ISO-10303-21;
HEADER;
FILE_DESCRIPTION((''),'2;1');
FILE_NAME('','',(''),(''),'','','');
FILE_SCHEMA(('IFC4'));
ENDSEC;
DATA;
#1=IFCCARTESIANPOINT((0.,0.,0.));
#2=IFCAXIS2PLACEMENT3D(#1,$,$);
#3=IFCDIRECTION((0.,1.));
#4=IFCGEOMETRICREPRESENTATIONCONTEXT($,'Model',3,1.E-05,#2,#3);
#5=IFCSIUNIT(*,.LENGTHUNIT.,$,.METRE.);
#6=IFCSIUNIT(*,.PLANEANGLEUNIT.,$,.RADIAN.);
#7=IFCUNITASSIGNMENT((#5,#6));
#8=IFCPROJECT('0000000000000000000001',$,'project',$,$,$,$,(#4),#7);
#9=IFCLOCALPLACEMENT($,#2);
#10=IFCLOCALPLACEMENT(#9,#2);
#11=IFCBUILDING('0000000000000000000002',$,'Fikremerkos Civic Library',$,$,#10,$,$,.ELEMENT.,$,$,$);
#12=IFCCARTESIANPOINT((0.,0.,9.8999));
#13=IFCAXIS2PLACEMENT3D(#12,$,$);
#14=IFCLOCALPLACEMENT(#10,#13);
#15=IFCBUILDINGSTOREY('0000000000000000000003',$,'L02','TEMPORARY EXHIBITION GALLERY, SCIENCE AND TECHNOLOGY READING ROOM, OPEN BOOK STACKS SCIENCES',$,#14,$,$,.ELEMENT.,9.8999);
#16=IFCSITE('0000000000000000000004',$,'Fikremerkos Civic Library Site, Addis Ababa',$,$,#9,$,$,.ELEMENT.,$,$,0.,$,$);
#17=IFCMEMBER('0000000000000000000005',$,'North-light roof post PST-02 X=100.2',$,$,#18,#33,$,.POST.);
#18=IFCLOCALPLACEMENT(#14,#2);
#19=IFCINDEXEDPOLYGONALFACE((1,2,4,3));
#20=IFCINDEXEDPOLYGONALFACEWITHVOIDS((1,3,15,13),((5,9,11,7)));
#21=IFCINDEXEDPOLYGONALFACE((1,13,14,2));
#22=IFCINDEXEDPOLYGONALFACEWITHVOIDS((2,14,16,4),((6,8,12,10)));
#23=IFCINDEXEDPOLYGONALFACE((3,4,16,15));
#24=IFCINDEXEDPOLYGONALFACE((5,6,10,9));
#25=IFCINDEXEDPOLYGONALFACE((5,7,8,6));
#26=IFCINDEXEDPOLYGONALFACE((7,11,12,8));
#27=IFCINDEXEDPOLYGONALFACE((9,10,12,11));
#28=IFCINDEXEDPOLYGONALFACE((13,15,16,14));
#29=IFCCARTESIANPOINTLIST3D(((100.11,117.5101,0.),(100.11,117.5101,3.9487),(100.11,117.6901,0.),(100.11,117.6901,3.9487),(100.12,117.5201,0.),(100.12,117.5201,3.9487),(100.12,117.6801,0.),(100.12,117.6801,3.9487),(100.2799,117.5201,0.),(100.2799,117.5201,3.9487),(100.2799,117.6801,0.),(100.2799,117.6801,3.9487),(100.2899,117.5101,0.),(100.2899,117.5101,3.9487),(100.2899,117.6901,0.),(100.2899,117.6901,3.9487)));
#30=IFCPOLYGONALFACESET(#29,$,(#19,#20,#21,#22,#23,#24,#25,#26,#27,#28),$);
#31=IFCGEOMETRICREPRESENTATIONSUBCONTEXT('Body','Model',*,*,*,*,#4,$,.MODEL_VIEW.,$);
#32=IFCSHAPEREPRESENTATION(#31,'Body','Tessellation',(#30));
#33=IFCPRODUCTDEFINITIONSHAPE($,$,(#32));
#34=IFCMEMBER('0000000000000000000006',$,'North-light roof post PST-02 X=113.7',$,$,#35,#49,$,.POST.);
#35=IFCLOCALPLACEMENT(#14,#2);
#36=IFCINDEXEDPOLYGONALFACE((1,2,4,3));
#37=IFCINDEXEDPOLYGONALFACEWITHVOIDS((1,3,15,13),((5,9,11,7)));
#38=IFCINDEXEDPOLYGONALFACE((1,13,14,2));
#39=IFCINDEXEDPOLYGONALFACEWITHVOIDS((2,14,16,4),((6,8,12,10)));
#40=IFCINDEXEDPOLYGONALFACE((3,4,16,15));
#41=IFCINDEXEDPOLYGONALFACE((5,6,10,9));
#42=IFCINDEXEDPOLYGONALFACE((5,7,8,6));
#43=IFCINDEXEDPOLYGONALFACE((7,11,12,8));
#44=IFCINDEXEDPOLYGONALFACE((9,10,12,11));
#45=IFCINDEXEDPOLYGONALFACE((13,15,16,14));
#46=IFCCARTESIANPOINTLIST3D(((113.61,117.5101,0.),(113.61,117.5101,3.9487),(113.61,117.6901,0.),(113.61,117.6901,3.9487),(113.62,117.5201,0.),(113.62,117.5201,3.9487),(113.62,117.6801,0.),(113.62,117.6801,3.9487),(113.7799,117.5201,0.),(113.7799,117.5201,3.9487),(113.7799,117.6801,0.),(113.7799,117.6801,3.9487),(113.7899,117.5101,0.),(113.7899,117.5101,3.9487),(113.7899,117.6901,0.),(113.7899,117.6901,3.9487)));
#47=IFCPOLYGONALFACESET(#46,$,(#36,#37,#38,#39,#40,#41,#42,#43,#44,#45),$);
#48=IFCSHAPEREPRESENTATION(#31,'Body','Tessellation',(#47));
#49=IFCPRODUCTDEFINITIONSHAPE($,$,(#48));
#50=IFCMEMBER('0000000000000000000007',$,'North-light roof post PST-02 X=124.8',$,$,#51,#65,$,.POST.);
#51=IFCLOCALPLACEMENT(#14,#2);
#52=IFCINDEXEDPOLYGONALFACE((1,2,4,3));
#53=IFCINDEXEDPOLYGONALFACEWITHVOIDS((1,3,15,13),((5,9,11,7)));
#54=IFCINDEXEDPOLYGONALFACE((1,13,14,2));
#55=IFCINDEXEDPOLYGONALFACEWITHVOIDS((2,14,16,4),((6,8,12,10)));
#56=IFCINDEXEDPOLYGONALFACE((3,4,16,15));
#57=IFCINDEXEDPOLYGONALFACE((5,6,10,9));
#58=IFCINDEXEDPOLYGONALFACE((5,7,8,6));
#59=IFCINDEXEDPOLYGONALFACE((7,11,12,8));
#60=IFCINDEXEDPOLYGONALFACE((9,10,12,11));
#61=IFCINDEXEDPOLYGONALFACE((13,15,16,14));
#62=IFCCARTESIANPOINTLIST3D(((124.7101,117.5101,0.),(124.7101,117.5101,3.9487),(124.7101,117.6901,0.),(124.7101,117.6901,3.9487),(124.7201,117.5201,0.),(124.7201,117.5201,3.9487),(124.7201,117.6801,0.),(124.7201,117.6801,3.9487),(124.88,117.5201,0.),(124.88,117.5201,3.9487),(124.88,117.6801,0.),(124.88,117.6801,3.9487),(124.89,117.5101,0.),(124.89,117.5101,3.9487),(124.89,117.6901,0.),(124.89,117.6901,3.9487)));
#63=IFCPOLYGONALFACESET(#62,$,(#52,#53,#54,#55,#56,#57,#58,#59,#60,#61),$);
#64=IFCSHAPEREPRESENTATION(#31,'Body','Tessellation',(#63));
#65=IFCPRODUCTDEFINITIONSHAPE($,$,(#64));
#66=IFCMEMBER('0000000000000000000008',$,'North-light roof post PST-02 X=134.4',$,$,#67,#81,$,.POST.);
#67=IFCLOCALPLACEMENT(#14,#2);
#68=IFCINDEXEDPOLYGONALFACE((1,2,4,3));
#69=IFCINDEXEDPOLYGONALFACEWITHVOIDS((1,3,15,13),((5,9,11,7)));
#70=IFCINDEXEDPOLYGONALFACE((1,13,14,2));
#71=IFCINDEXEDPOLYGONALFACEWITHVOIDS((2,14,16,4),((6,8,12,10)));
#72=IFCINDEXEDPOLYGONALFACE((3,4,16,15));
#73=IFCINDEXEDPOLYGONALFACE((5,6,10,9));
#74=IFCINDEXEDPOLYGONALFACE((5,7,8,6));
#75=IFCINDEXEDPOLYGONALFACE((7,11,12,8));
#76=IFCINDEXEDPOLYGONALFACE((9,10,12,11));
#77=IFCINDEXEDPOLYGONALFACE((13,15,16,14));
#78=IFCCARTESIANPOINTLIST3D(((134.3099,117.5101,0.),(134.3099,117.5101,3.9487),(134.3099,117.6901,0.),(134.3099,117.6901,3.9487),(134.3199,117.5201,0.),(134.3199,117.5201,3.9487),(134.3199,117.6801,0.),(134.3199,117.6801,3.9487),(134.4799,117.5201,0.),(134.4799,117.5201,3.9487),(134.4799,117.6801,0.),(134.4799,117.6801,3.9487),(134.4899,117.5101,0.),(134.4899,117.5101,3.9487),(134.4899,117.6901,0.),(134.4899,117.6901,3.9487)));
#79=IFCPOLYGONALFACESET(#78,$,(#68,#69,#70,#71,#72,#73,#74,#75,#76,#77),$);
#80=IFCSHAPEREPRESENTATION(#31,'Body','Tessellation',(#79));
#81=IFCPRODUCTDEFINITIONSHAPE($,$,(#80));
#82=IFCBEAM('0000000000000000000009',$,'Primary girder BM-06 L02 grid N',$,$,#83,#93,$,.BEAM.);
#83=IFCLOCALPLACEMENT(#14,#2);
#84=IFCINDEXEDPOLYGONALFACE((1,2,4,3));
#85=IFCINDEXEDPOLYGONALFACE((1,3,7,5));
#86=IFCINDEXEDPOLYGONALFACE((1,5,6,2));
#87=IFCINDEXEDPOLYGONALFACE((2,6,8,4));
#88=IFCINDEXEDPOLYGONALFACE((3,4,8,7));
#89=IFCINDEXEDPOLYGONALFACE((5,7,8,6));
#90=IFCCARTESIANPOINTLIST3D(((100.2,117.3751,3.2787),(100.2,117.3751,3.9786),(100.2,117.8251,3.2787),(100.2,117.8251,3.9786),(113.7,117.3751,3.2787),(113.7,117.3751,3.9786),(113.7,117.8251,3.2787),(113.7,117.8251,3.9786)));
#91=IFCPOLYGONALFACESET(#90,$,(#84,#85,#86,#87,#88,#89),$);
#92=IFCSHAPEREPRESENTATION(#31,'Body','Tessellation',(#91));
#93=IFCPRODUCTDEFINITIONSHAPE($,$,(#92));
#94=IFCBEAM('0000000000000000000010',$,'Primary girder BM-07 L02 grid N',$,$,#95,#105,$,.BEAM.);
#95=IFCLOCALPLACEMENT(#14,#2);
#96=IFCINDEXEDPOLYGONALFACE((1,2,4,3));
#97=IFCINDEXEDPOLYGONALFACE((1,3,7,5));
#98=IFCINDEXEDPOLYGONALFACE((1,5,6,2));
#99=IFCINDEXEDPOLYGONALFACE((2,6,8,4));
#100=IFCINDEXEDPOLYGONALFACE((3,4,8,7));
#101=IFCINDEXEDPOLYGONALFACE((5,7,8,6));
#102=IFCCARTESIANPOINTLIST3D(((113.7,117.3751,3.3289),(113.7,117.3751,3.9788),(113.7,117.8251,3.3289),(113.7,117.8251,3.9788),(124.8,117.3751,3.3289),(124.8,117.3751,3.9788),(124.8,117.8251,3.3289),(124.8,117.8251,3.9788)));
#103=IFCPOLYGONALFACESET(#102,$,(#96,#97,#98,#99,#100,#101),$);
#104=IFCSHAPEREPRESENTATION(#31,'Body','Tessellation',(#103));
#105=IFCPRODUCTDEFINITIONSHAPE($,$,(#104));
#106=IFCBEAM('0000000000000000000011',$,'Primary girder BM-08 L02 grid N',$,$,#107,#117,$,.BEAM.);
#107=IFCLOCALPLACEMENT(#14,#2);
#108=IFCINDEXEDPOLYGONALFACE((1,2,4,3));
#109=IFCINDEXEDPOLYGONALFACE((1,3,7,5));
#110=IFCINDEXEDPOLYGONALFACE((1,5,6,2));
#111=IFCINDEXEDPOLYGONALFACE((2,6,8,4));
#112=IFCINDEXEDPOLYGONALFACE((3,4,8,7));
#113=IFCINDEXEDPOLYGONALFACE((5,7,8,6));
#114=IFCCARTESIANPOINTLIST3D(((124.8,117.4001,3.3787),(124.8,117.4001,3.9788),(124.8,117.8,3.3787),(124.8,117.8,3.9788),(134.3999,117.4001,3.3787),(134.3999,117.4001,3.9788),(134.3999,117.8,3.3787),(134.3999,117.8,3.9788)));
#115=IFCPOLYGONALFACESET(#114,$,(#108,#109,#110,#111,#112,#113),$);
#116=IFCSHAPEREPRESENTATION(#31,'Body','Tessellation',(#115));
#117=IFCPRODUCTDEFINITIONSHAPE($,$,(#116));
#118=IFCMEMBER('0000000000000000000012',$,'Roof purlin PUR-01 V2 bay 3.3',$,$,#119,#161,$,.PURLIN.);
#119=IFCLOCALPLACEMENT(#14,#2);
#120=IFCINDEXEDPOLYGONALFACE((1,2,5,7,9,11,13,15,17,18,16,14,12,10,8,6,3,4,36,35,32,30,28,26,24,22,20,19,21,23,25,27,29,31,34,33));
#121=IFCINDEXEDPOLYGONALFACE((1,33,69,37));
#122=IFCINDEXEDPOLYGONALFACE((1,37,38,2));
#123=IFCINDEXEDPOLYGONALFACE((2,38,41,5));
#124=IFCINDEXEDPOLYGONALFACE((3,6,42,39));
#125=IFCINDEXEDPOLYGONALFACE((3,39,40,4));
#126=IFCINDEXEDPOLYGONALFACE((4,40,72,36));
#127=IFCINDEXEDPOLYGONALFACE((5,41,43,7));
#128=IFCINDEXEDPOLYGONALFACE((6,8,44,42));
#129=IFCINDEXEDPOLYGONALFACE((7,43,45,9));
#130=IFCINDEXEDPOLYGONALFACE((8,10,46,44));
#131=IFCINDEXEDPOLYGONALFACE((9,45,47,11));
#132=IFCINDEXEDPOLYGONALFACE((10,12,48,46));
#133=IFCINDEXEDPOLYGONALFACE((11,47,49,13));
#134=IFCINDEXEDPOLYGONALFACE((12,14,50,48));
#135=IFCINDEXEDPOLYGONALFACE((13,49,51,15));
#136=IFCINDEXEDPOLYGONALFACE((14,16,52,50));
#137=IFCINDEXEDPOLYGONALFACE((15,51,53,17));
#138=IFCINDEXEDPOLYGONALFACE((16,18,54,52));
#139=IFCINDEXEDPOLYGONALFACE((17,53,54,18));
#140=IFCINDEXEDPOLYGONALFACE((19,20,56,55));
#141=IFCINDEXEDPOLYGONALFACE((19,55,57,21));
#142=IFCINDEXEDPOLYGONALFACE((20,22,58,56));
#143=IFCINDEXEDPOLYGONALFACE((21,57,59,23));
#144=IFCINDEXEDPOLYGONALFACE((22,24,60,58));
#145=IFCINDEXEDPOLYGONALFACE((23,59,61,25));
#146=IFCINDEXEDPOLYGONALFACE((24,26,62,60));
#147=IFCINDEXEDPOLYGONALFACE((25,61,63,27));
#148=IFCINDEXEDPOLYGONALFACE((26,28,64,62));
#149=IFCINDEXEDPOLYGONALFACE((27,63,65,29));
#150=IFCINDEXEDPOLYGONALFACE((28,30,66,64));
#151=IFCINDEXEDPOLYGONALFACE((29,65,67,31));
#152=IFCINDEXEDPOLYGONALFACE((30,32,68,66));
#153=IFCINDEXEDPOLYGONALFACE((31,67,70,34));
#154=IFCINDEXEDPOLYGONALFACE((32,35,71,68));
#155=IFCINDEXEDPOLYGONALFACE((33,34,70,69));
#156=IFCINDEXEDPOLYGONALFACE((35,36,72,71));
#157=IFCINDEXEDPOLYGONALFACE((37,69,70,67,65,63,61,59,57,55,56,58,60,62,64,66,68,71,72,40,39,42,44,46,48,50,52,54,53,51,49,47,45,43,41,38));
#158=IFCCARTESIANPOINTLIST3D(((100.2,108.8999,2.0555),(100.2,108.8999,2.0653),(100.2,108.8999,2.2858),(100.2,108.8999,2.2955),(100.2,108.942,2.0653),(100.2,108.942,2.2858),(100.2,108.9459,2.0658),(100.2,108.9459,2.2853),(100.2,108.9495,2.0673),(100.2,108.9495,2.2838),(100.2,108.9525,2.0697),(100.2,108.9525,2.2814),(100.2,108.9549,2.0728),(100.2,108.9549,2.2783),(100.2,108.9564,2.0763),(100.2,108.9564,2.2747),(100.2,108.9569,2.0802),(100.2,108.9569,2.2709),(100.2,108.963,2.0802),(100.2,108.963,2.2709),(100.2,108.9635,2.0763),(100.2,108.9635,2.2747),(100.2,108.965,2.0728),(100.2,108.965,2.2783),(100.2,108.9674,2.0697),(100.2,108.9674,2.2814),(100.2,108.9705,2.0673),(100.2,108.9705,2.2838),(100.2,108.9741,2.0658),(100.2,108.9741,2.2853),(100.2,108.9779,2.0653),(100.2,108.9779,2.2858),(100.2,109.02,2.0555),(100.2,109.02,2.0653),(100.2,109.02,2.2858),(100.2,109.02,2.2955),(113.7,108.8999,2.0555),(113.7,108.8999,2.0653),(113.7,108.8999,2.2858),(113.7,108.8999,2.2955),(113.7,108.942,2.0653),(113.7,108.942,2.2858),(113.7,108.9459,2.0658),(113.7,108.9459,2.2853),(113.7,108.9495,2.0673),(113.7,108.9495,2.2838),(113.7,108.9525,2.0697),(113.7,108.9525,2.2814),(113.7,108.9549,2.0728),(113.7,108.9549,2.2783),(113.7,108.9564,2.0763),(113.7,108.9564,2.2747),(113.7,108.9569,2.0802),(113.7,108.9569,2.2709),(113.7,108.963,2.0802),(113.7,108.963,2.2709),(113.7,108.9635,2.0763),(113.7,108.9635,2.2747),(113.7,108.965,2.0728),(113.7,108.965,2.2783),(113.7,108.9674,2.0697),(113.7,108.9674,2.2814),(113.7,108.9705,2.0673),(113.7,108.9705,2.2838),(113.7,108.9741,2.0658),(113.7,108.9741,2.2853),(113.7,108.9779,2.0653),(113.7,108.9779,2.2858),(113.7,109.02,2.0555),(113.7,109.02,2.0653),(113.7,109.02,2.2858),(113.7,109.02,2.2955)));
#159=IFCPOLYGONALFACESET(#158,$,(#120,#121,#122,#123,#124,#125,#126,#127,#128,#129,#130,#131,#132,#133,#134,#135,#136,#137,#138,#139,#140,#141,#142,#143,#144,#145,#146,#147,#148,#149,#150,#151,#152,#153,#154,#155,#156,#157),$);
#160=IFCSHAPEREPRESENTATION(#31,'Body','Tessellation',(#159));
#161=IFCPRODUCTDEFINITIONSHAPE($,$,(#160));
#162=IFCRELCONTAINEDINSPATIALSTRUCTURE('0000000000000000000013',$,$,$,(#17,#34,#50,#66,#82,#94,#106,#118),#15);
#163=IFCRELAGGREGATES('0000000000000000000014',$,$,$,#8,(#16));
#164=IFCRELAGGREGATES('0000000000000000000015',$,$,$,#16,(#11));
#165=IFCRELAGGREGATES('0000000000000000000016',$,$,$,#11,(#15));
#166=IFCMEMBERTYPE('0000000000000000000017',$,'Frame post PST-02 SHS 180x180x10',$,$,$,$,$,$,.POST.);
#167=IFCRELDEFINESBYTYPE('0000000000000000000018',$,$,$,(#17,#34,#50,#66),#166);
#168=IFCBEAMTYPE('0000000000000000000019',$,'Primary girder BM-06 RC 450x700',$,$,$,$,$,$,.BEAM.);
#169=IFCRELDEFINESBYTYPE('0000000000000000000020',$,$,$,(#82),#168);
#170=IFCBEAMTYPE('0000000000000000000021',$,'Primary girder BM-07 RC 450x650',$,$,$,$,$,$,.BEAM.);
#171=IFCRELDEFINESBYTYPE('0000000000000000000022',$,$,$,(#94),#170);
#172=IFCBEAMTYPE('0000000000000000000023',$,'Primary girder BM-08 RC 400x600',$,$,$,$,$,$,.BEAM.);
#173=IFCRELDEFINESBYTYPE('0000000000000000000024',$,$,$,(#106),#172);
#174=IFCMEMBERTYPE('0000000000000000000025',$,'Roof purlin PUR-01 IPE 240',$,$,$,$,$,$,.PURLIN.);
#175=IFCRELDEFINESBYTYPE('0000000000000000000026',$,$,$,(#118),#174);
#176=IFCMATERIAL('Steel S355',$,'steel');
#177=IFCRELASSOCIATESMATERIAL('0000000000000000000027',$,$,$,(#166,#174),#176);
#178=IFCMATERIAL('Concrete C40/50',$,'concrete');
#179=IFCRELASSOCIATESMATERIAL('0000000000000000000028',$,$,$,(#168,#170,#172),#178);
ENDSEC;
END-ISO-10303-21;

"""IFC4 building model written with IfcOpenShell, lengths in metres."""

from ifc_helpers import new_model, si_unit, direction, frame, origin, origin_2d, place, context, subcontext, project, spatial, rectangle, hollow_rectangle, i_section, extrude, material, material_profile, profile_set, type_object, element, save


model = new_model("IFC4")

# Units and contexts
model_context = context("Model", 3, precision=1e-05, world=origin(), true_north=direction((0.0, 1.0)))
body_context = subcontext(model_context, "Body", "Model", "MODEL_VIEW")
ifc_project = project(units=[si_unit("LENGTHUNIT", "METRE"), si_unit("PLANEANGLEUNIT", "RADIAN")], contexts=[model_context])

# Site, building, storey
site_placement = place(None, origin())
site = spatial("IfcSite", under=ifc_project, at=site_placement, Name="Fikremerkos Civic Library Site, Addis Ababa", CompositionType="ELEMENT", RefElevation=0.0)
building_placement = place(site_placement, origin())
building = spatial("IfcBuilding", under=site, at=building_placement, Name="Fikremerkos Civic Library", CompositionType="ELEMENT")
storey_placement = place(building_placement, frame((0.0, 0.0, 9.8999)))
storey = spatial("IfcBuildingStorey", under=building, at=storey_placement, Name="L02", Description="TEMPORARY EXHIBITION GALLERY, SCIENCE AND TECHNOLOGY READING ROOM, OPEN BOOK STACKS SCIENCES", CompositionType="ELEMENT", Elevation=9.8999)

# Members
ifc_material_1 = material(Name="Steel S355", Category="steel")
ifc_material_profile_1 = material_profile(ifc_material_1, hollow_rectangle(XDim=0.1799, YDim=0.1799, WallThickness=0.01, at=origin_2d()), Name="SHS 180x180x10")
ifc_profile_set_1 = profile_set([ifc_material_profile_1], Name="Steel S355")
member_type_1 = type_object("IfcMemberType", Name="Frame post PST-02 SHS 180x180x10", PredefinedType="POST", material=ifc_profile_set_1)
for number, where, z_axis, x_axis, name in (
    (1, (100.2, 117.6001, 0.0), (0.0, 0.0, 1.0), (1.0, 0.0, 0.0), "North-light roof post PST-02 X=100.2"),
    (2, (113.7, 117.6001, 0.0), (0.0, 0.0, 1.0), (1.0, 0.0, 0.0), "North-light roof post PST-02 X=113.7"),
    (3, (124.8, 117.6001, 0.0), (0.0, 0.0, 1.0), (1.0, 0.0, 0.0), "North-light roof post PST-02 X=124.8"),
    (4, (134.3999, 117.6001, 0.0), (0.0, 0.0, 1.0), (1.0, 0.0, 0.0), "North-light roof post PST-02 X=134.4"),
):
    element("IfcMember", number, at=place(storey_placement, frame(where, z_axis=z_axis, x_axis=x_axis)), inside=storey, type_object=member_type_1, Name=name, PredefinedType="POST", context=body_context, shape_type="SweptSolid", body=[
        extrude(hollow_rectangle(XDim=0.1799, YDim=0.1799, WallThickness=0.01, at=origin_2d()), origin(), (0.0, 0.0, 1.0), 3.9487),
    ])

# Beams
ifc_material_2 = material(Name="Concrete C40/50", Category="concrete")
ifc_material_profile_2 = material_profile(ifc_material_2, rectangle(XDim=0.45, YDim=0.7, at=origin_2d()), Name="RC 450x700")
ifc_profile_set_2 = profile_set([ifc_material_profile_2], Name="Concrete C40/50")
beam_type_1 = type_object("IfcBeamType", Name="Primary girder BM-06 RC 450x700", PredefinedType="BEAM", material=ifc_profile_set_2)
beam_1_placement = place(storey_placement, frame((100.2, 117.6001, 3.6287), z_axis=(1.0, 0.0, 0.0), x_axis=(0.0, 1.0, 0.0)))
element("IfcBeam", 5, at=beam_1_placement, inside=storey, type_object=beam_type_1, Name="Primary girder BM-06 L02 grid N", PredefinedType="BEAM", context=body_context, shape_type="SweptSolid", body=[
    extrude(rectangle(XDim=0.45, YDim=0.7, at=origin_2d()), origin(), (0.0, 0.0, 1.0), 13.5),
])
ifc_material_profile_3 = material_profile(ifc_material_2, rectangle(XDim=0.45, YDim=0.6499, at=origin_2d()), Name="RC 450x650")
ifc_profile_set_3 = profile_set([ifc_material_profile_3], Name="Concrete C40/50")
beam_type_2 = type_object("IfcBeamType", Name="Primary girder BM-07 RC 450x650", PredefinedType="BEAM", material=ifc_profile_set_3)
beam_2_placement = place(storey_placement, frame((113.7, 117.6001, 3.6538), z_axis=(1.0, 0.0, 0.0), x_axis=(0.0, 1.0, 0.0)))
element("IfcBeam", 6, at=beam_2_placement, inside=storey, type_object=beam_type_2, Name="Primary girder BM-07 L02 grid N", PredefinedType="BEAM", context=body_context, shape_type="SweptSolid", body=[
    extrude(rectangle(XDim=0.45, YDim=0.6499, at=origin_2d()), origin(), (0.0, 0.0, 1.0), 11.1001),
])
ifc_material_profile_4 = material_profile(ifc_material_2, rectangle(XDim=0.3999, YDim=0.6001, at=origin_2d()), Name="RC 400x600")
ifc_profile_set_4 = profile_set([ifc_material_profile_4], Name="Concrete C40/50")
beam_type_3 = type_object("IfcBeamType", Name="Primary girder BM-08 RC 400x600", PredefinedType="BEAM", material=ifc_profile_set_4)
beam_3_placement = place(storey_placement, frame((124.8, 117.6001, 3.6787), z_axis=(1.0, 0.0, 0.0), x_axis=(0.0, 1.0, 0.0)))
element("IfcBeam", 7, at=beam_3_placement, inside=storey, type_object=beam_type_3, Name="Primary girder BM-08 L02 grid N", PredefinedType="BEAM", context=body_context, shape_type="SweptSolid", body=[
    extrude(rectangle(XDim=0.3999, YDim=0.6001, at=origin_2d()), origin(), (0.0, 0.0, 1.0), 9.5999),
])

# Member
ifc_material_profile_5 = material_profile(ifc_material_1, i_section(OverallWidth=0.1201, OverallDepth=0.24, WebThickness=0.0061, FlangeThickness=0.0098, FilletRadius=0.0149, at=origin_2d()), Name="IPE 240")
ifc_profile_set_5 = profile_set([ifc_material_profile_5], Name="Steel S355")
member_type_2 = type_object("IfcMemberType", Name="Roof purlin PUR-01 IPE 240", PredefinedType="PURLIN", material=ifc_profile_set_5)
member_1_placement = place(storey_placement, frame((100.2, 108.96, 2.1755), z_axis=(1.0, 0.0, 0.0), x_axis=(0.0, 1.0, 0.0)))
element("IfcMember", 8, at=member_1_placement, inside=storey, type_object=member_type_2, Name="Roof purlin PUR-01 V2 bay 3.3", PredefinedType="PURLIN", context=body_context, shape_type="SweptSolid", body=[
    extrude(i_section(OverallWidth=0.1201, OverallDepth=0.24, WebThickness=0.0061, FlangeThickness=0.0098, FilletRadius=0.0149, at=origin_2d()), origin(), (0.0, 0.0, 1.0), 13.5),
])

save(model, "model.ifc")
